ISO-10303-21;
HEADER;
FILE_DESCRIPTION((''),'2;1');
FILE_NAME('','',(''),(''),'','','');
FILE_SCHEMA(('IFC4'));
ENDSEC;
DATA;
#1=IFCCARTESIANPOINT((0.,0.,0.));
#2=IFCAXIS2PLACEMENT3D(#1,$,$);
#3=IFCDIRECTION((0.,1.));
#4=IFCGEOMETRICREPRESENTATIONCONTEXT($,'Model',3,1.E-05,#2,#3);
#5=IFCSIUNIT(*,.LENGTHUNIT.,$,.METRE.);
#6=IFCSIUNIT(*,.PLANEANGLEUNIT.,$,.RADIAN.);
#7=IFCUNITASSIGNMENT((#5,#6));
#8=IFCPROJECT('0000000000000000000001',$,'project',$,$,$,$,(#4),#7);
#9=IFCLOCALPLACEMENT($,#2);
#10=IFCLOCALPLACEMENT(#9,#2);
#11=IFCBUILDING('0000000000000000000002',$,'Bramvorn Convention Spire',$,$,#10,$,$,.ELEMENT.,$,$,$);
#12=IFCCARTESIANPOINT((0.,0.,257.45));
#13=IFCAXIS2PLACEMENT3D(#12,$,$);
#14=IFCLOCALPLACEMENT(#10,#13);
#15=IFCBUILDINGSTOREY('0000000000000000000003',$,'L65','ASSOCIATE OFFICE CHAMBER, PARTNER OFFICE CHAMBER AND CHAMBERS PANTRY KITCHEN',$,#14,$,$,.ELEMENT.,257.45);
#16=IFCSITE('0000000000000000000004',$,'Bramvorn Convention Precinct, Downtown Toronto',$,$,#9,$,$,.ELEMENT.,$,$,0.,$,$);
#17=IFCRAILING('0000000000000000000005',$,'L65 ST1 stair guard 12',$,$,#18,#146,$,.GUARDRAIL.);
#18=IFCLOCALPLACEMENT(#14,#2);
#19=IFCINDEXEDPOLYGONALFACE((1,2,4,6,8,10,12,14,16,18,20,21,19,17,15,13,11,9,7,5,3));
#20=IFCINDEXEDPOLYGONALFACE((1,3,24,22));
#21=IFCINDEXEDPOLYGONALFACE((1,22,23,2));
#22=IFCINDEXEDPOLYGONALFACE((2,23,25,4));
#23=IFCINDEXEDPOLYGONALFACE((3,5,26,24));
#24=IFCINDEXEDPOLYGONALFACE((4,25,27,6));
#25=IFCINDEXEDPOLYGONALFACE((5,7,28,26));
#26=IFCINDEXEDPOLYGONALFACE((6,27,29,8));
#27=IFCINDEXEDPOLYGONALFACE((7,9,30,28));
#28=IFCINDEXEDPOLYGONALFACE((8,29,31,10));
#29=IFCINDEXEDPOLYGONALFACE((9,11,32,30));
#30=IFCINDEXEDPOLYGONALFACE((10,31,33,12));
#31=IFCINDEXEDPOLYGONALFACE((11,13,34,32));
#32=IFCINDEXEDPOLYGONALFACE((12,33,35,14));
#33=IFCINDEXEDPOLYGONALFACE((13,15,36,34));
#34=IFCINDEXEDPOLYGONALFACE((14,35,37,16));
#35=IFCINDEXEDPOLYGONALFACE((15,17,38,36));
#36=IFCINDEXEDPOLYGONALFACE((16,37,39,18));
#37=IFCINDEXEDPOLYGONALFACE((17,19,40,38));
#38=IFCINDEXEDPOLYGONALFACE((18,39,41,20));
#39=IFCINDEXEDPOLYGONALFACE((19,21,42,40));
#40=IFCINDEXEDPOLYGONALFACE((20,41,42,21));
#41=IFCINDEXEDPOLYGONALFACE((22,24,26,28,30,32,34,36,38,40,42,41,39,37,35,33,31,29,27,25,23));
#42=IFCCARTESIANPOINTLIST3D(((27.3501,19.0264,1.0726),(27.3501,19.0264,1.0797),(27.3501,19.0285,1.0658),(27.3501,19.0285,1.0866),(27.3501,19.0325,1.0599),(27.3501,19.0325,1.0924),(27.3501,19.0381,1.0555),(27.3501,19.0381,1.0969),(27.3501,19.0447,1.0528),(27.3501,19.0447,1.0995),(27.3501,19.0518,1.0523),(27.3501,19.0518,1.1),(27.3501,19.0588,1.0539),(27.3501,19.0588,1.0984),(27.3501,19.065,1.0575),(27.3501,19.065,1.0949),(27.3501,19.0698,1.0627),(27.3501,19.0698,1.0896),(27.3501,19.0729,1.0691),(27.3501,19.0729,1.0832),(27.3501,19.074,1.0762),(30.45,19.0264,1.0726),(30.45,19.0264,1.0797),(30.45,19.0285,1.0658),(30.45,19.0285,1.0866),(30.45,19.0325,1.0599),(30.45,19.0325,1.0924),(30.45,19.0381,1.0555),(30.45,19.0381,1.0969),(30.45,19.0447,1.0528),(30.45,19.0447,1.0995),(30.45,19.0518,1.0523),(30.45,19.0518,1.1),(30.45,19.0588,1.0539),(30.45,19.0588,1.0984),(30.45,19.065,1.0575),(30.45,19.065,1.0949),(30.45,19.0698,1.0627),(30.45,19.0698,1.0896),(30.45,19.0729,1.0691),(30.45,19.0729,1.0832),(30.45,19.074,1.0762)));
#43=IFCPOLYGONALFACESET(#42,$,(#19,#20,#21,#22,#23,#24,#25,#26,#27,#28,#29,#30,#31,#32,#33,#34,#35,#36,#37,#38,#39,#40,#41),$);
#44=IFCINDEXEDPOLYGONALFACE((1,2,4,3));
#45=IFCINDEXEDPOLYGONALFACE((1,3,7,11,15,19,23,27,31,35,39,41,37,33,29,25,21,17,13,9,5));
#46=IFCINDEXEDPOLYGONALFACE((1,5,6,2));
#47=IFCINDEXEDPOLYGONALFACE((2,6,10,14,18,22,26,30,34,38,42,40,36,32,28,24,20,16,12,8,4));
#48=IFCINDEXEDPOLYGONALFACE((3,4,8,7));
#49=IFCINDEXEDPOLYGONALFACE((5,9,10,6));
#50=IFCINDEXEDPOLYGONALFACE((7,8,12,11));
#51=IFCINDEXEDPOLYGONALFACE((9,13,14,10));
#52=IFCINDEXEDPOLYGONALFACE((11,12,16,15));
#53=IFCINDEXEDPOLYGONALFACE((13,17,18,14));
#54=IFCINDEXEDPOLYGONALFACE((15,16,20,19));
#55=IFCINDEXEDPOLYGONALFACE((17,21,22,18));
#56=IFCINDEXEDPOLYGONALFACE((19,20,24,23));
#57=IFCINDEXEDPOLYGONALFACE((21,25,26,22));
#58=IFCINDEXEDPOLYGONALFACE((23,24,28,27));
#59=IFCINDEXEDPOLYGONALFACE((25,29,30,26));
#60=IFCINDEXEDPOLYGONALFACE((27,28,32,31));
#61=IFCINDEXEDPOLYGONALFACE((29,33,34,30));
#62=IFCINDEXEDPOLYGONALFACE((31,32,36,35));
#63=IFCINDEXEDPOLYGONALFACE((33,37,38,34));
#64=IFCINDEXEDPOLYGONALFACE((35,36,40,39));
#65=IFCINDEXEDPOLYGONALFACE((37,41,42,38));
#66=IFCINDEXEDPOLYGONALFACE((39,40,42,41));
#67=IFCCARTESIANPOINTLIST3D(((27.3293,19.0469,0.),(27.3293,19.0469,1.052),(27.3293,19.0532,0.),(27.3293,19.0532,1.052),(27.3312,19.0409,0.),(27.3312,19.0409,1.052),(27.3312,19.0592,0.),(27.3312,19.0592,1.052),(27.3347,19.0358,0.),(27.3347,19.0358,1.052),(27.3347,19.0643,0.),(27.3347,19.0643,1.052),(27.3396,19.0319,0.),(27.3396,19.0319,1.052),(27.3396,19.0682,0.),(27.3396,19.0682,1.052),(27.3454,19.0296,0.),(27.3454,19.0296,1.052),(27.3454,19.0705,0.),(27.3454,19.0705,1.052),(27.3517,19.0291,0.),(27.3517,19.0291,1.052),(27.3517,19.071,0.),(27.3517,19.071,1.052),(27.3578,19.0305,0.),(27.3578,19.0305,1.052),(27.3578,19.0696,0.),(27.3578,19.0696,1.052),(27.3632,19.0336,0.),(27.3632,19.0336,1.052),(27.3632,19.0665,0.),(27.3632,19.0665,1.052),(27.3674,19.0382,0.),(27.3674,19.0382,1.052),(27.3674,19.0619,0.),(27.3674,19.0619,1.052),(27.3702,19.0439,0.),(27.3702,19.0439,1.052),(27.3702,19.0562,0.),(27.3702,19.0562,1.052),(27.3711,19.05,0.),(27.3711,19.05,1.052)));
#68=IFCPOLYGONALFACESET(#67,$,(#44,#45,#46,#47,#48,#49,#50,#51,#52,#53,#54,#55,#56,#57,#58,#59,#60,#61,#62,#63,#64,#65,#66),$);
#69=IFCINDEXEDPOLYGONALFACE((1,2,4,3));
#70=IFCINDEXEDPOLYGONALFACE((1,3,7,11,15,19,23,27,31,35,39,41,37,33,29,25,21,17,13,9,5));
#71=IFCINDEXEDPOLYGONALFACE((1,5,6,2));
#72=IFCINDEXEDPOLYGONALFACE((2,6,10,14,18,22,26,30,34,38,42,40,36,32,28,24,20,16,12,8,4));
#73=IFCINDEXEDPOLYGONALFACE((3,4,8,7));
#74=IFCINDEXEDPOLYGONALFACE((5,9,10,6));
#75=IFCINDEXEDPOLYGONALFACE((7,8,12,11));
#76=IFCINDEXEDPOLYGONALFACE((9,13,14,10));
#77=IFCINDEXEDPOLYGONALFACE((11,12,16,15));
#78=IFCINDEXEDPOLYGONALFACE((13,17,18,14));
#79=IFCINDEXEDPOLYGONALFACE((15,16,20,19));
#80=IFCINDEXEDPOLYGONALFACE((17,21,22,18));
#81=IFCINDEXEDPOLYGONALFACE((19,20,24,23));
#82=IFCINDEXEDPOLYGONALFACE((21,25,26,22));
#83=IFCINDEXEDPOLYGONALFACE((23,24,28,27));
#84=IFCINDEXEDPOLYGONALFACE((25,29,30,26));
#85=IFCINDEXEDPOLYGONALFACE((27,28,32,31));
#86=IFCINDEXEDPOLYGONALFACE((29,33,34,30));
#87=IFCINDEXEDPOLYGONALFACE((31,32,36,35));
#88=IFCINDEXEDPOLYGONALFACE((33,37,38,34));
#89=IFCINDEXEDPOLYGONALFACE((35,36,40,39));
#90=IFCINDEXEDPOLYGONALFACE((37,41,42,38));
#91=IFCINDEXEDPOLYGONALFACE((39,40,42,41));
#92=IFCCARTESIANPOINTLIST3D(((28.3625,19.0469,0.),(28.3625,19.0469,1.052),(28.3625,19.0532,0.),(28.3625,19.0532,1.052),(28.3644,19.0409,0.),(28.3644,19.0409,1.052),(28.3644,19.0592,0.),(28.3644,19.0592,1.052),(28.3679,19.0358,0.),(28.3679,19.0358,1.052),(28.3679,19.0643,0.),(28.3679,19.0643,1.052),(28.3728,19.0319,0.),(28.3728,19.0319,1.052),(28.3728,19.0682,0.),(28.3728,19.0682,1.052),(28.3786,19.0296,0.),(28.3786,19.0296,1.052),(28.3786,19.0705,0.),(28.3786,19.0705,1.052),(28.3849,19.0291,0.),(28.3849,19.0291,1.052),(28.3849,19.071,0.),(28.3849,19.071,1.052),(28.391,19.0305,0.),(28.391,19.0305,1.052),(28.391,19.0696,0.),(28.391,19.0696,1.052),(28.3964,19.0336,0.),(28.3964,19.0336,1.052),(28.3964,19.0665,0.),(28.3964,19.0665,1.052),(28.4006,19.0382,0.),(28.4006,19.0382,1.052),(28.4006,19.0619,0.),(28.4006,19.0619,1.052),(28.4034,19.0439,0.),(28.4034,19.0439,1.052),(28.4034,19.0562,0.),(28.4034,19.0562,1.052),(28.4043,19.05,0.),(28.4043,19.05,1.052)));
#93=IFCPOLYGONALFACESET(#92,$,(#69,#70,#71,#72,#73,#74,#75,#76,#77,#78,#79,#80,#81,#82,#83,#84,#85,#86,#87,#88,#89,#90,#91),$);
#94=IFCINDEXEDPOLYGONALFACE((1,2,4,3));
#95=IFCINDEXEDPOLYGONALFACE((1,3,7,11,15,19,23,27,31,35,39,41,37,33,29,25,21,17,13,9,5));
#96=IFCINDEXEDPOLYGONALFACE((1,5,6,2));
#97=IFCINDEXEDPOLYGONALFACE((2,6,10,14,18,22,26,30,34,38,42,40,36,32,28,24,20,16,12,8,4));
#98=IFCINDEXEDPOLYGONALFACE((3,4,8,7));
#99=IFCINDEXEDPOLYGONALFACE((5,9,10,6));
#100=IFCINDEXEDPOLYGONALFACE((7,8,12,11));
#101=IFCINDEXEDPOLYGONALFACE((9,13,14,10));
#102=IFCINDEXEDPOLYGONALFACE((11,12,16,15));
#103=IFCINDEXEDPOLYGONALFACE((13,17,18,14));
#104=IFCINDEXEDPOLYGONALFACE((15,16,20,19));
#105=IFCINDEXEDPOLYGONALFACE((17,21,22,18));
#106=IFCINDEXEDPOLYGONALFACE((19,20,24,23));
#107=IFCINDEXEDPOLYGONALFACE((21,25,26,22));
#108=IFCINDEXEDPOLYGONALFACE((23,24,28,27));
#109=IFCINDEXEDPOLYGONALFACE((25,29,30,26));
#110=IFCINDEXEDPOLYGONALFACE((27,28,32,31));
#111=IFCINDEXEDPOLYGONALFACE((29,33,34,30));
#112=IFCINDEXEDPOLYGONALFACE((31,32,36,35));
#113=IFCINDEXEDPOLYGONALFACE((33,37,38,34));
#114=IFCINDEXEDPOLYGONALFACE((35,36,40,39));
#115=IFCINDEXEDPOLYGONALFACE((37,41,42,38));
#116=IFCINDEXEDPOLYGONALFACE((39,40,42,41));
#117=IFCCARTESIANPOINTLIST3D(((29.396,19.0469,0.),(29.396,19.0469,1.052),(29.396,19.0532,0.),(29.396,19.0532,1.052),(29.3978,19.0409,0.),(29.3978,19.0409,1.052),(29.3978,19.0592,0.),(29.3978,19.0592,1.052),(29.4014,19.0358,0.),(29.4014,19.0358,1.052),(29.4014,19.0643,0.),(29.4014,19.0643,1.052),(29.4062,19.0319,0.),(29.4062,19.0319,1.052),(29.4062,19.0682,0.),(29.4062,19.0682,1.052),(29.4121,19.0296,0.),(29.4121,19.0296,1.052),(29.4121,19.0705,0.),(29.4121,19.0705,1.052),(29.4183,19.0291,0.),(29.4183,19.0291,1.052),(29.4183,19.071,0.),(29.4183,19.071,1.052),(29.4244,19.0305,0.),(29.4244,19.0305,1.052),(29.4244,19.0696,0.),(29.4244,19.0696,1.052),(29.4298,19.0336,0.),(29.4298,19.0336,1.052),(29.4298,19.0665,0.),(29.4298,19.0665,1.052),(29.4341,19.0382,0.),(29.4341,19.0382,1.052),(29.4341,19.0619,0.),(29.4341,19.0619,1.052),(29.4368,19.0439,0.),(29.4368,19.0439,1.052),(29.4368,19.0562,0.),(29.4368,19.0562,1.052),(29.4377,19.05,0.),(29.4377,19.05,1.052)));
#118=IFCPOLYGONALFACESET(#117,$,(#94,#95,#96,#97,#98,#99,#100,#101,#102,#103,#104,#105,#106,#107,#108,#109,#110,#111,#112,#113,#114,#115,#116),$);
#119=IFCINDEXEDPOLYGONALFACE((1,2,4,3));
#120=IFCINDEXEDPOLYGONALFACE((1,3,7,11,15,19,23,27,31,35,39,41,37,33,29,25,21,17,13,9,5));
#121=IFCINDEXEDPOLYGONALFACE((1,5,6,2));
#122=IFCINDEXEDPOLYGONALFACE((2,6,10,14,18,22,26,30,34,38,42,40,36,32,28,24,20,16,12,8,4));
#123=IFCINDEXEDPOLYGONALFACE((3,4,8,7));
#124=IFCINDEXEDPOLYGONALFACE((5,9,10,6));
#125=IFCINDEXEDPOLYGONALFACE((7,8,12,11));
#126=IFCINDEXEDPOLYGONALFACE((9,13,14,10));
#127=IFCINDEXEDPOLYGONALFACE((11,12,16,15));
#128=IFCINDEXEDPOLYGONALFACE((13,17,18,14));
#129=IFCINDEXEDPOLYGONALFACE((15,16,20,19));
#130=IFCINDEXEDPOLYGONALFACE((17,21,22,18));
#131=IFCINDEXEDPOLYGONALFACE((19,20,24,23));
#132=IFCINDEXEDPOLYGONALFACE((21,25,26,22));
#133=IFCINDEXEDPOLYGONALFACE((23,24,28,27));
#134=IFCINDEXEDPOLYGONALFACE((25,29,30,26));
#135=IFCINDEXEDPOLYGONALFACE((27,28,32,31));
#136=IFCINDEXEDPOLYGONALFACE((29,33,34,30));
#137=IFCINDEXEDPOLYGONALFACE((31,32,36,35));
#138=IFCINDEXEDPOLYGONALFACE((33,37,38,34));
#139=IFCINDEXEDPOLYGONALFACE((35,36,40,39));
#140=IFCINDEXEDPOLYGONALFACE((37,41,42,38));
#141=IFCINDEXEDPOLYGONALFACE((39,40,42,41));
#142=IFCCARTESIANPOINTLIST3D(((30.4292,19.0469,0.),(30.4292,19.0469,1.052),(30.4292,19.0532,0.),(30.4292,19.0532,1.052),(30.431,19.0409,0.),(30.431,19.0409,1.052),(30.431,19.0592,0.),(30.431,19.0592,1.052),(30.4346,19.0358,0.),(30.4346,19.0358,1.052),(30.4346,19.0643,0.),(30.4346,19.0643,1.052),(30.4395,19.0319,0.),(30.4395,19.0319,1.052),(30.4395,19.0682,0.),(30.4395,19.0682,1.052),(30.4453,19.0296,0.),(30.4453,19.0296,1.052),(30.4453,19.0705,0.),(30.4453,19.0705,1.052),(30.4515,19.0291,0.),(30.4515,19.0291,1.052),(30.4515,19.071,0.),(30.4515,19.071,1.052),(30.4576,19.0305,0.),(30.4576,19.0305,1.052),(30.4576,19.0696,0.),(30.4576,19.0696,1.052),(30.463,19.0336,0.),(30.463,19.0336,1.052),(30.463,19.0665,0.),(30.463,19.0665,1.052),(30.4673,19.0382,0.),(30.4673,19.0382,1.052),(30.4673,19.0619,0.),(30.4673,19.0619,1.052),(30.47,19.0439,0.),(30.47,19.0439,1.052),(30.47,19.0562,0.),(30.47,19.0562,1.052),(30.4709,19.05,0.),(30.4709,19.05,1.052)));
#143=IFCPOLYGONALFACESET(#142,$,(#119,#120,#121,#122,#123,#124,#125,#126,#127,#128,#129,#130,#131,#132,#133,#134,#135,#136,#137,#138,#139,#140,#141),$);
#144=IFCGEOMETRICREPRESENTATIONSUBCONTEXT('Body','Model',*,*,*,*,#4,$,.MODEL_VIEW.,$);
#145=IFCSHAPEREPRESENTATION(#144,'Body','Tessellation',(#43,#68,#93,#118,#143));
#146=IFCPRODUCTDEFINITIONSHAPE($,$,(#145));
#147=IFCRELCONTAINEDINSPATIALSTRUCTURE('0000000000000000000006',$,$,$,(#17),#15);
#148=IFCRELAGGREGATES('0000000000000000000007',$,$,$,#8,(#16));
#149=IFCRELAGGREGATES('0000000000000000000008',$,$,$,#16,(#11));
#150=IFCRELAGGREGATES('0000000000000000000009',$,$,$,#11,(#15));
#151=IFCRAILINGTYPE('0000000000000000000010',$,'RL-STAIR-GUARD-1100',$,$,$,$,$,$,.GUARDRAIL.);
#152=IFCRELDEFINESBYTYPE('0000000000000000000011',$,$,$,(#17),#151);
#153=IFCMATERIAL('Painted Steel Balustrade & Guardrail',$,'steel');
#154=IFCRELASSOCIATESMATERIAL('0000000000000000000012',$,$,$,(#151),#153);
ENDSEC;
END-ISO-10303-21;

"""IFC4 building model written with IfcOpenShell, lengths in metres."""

from ifc_helpers import new_model, si_unit, direction, frame, origin, origin_2d, place, context, subcontext, project, spatial, circle, extrude, material, type_object, element, save


model = new_model("IFC4")

# Units and contexts
model_context = context("Model", 3, precision=1e-05, world=origin(), true_north=direction((0.0, 1.0)))
body_context = subcontext(model_context, "Body", "Model", "MODEL_VIEW")
ifc_project = project(units=[si_unit("LENGTHUNIT", "METRE"), si_unit("PLANEANGLEUNIT", "RADIAN")], contexts=[model_context])

# Site, building, storey
site_placement = place(None, origin())
site = spatial("IfcSite", under=ifc_project, at=site_placement, Name="Bramvorn Convention Precinct, Downtown Toronto", CompositionType="ELEMENT", RefElevation=0.0)
building_placement = place(site_placement, origin())
building = spatial("IfcBuilding", under=site, at=building_placement, Name="Bramvorn Convention Spire", CompositionType="ELEMENT")
storey_placement = place(building_placement, frame((0.0, 0.0, 257.45)))
storey = spatial("IfcBuildingStorey", under=building, at=storey_placement, Name="L65", Description="ASSOCIATE OFFICE CHAMBER, PARTNER OFFICE CHAMBER AND CHAMBERS PANTRY KITCHEN", CompositionType="ELEMENT", Elevation=257.45)

# Railing
ifc_material_1 = material(Name="Painted Steel Balustrade & Guardrail", Category="steel")
railing_type_1 = type_object("IfcRailingType", Name="RL-STAIR-GUARD-1100", PredefinedType="GUARDRAIL", material=ifc_material_1)
railing_1_placement = place(storey_placement, frame((27.3501, 19.05, 0.0)))
element("IfcRailing", 1, at=railing_1_placement, inside=storey, type_object=railing_type_1, Name="L65 ST1 stair guard 12", PredefinedType="GUARDRAIL", context=body_context, shape_type="SweptSolid", body=[
    extrude(circle(Radius=0.0239, at=origin_2d()), frame((0.0, 0.0, 1.0762), z_axis=(1.0, 0.0, 0.0), x_axis=(0.0, 1.0, 0.0)), (0.0, 0.0, 1.0), 3.0999),
    extrude(circle(Radius=0.021, at=origin_2d()), origin(), (0.0, 0.0, 1.0), 1.052),
    extrude(circle(Radius=0.021, at=origin_2d()), frame((1.0332, 0.0, 0.0)), (0.0, 0.0, 1.0), 1.052),
    extrude(circle(Radius=0.021, at=origin_2d()), frame((2.0667, 0.0, 0.0)), (0.0, 0.0, 1.0), 1.052),
    extrude(circle(Radius=0.021, at=origin_2d()), frame((3.0999, 0.0, 0.0)), (0.0, 0.0, 1.0), 1.052),
])

save(model, "model.ifc")
